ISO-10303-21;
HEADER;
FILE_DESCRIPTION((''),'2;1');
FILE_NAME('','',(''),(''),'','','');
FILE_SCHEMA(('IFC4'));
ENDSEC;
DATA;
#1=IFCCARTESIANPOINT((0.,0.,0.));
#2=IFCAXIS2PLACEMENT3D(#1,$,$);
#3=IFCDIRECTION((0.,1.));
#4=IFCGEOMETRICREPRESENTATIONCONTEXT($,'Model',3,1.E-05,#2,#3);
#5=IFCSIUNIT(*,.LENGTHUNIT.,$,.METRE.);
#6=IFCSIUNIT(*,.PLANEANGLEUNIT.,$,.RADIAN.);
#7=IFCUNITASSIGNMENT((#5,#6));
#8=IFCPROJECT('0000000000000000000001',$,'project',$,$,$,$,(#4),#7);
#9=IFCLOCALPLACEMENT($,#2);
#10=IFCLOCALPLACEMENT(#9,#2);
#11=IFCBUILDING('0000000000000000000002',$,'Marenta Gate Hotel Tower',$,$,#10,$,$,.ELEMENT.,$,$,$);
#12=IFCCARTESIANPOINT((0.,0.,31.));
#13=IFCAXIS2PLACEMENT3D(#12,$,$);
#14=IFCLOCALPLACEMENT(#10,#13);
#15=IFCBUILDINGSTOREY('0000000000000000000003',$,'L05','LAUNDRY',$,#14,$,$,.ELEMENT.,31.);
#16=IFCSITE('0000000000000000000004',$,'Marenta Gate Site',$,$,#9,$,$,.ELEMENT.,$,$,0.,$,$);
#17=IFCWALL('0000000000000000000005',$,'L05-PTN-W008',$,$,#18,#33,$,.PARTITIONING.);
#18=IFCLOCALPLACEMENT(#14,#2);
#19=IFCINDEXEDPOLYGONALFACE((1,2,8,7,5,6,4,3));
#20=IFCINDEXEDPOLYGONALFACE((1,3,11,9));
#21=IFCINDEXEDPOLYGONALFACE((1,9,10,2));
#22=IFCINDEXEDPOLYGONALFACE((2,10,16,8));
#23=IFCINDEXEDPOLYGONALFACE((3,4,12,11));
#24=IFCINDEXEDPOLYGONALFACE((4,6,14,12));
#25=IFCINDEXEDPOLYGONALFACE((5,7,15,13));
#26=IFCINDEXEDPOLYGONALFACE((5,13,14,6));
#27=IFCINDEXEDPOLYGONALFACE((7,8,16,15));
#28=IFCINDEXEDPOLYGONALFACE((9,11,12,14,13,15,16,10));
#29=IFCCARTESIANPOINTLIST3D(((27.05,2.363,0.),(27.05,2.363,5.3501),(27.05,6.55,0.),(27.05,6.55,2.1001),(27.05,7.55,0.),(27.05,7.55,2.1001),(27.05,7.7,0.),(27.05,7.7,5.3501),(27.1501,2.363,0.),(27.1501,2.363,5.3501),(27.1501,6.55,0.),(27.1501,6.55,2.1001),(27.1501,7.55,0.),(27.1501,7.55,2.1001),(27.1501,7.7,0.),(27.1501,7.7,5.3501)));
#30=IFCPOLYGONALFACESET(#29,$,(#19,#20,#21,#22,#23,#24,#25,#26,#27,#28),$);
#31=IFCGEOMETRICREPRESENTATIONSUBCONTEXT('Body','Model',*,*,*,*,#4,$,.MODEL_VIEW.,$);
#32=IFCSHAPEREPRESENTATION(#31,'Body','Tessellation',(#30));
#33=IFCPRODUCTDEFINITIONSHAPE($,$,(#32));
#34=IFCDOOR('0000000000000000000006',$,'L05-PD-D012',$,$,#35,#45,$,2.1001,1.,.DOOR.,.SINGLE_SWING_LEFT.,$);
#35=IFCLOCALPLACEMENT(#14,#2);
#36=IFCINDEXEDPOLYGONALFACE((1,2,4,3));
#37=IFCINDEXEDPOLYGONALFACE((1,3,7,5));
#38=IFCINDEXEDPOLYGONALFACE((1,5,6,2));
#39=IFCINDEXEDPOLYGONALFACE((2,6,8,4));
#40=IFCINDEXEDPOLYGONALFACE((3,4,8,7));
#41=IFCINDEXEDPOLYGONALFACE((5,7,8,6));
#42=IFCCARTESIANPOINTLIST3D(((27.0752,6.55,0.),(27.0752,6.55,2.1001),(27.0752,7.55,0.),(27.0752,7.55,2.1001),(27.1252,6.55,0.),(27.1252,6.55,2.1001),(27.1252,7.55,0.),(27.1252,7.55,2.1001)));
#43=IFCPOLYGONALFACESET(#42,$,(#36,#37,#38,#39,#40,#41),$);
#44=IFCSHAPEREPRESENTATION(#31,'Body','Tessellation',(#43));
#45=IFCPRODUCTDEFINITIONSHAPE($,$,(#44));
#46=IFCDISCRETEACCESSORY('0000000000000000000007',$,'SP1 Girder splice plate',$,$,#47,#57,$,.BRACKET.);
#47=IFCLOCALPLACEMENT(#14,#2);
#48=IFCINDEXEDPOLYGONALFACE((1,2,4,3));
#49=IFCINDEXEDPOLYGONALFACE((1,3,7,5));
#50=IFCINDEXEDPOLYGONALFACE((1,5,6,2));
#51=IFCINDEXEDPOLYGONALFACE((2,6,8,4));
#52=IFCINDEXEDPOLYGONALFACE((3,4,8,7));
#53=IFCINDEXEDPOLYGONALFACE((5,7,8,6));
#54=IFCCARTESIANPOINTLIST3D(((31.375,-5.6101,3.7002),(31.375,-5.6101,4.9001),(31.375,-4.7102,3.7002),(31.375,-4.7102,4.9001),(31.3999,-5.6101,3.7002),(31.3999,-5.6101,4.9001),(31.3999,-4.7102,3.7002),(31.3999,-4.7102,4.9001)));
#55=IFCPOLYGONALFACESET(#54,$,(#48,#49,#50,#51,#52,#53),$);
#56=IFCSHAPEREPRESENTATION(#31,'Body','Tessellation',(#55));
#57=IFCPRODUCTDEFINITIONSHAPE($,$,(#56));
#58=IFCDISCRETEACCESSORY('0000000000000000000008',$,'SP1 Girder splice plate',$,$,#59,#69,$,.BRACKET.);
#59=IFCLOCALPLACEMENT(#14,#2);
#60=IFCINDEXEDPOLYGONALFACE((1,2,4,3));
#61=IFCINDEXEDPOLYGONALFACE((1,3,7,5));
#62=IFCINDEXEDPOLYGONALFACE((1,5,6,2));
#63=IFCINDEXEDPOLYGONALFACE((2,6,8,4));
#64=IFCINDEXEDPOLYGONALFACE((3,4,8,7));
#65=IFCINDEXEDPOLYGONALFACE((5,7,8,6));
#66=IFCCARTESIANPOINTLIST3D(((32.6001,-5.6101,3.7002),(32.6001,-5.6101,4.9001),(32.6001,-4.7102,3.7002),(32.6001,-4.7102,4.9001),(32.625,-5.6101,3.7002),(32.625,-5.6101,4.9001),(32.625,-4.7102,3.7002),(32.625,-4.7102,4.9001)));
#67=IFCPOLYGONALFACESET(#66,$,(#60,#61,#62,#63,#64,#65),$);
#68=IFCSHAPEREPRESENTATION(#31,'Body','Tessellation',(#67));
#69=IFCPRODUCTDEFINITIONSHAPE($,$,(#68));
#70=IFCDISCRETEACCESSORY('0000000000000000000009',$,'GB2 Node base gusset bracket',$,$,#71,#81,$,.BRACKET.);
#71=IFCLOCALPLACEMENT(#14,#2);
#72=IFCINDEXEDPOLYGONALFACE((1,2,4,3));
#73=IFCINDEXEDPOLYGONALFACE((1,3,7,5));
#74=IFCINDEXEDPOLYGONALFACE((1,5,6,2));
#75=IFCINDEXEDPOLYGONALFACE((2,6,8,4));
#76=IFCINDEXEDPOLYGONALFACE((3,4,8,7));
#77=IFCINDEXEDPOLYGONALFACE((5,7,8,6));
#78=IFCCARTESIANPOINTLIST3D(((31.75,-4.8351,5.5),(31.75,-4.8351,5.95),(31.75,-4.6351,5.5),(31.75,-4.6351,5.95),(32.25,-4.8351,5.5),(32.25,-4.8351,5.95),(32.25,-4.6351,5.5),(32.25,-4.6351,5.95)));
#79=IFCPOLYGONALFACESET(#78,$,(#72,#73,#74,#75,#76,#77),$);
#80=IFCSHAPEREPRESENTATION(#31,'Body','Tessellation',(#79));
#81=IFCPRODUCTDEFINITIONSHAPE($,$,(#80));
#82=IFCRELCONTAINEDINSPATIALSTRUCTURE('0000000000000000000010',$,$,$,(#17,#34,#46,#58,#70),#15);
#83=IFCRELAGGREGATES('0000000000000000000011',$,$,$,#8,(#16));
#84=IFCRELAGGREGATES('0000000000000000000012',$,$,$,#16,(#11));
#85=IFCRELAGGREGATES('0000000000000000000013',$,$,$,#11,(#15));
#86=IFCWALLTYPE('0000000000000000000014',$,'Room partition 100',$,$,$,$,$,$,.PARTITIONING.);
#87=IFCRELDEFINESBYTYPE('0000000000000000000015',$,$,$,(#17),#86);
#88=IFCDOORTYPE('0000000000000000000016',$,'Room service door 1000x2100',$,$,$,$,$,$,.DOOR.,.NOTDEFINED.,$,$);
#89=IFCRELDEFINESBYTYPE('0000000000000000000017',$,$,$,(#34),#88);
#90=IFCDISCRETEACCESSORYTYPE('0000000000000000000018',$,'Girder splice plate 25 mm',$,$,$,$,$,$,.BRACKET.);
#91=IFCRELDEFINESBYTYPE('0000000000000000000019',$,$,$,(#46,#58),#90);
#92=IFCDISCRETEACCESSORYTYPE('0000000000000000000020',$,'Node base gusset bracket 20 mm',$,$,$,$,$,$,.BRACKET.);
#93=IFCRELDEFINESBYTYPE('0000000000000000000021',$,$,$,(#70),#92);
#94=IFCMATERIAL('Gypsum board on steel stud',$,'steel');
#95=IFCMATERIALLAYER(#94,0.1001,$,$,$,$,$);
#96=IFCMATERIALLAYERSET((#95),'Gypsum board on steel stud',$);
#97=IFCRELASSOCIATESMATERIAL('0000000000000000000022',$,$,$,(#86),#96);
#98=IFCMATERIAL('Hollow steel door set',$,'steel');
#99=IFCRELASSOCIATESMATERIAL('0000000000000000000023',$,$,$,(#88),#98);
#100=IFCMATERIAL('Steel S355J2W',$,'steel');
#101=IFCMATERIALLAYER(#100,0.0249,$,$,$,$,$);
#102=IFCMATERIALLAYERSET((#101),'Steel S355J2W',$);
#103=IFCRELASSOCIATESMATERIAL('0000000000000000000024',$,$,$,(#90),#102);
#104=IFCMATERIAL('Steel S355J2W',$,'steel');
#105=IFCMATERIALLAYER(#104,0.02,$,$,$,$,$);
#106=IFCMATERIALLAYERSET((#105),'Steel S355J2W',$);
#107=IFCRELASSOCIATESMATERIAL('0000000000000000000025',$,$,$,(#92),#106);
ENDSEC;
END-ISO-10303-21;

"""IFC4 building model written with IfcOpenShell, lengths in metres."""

from ifc_helpers import new_model, si_unit, direction, frame, frame_2d, origin, origin_2d, place, context, subcontext, project, spatial, rectangle, extrude, material, layer, layer_set, type_object, element, fill, save


model = new_model("IFC4")

# Units and contexts
model_context = context("Model", 3, precision=1e-05, world=origin(), true_north=direction((0.0, 1.0)))
body_context = subcontext(model_context, "Body", "Model", "MODEL_VIEW")
ifc_project = project(units=[si_unit("LENGTHUNIT", "METRE"), si_unit("PLANEANGLEUNIT", "RADIAN")], contexts=[model_context])

# Site, building, storey
site_placement = place(None, origin())
site = spatial("IfcSite", under=ifc_project, at=site_placement, Name="Marenta Gate Site", CompositionType="ELEMENT", RefElevation=0.0)
building_placement = place(site_placement, origin())
building = spatial("IfcBuilding", under=site, at=building_placement, Name="Marenta Gate Hotel Tower", CompositionType="ELEMENT")
storey_placement = place(building_placement, frame((0.0, 0.0, 31.0)))
storey = spatial("IfcBuildingStorey", under=building, at=storey_placement, Name="L05", Description="LAUNDRY", CompositionType="ELEMENT", Elevation=31.0)

# Wall, opening, door
ifc_material_1 = material(Name="Gypsum board on steel stud", Category="steel")
ifc_layer_1 = layer(ifc_material_1, 0.1001)
ifc_layer_set_1 = layer_set([ifc_layer_1], Name="Gypsum board on steel stud")
wall_type_1 = type_object("IfcWallType", Name="Room partition 100", PredefinedType="PARTITIONING", material=ifc_layer_set_1)
wall_1_placement = place(storey_placement, frame((27.1001, 2.363, 0.0), z_axis=(0.0, 0.0, 1.0), x_axis=(0.0, 1.0, 0.0)))
wall_1 = element("IfcWall", 1, at=wall_1_placement, inside=storey, type_object=wall_type_1, Name="L05-PTN-W008", PredefinedType="PARTITIONING", context=body_context, shape_type="SweptSolid", body=[
    extrude(rectangle(XDim=5.3369, YDim=0.1001, at=frame_2d((2.6685, 0.0))), origin(), (0.0, 0.0, 1.0), 5.3501),
])
opening_1_placement = place(wall_1_placement, frame((4.187, 0.0, 0.0)))
opening_1 = element("IfcOpeningElement", 2, at=opening_1_placement, cuts=wall_1, PredefinedType="OPENING", context=body_context, shape_type="SweptSolid", body=[
    extrude(rectangle(XDim=1.0, YDim=2.1001, at=frame_2d((0.5, 1.05))), frame((0.0, 0.05, 0.0), z_axis=(0.0, -1.0, 0.0), x_axis=(1.0, 0.0, 0.0)), (0.0, 0.0, 1.0), 0.1001),
])
ifc_material_2 = material(Name="Hollow steel door set", Category="steel")
door_type_1 = type_object("IfcDoorType", Name="Room service door 1000x2100", OperationType="NOTDEFINED", PredefinedType="DOOR", material=ifc_material_2)
door_1_placement = place(opening_1_placement, origin())
door_1 = element("IfcDoor", 3, at=door_1_placement, inside=storey, type_object=door_type_1, Name="L05-PD-D012", OperationType="SINGLE_SWING_LEFT", OverallHeight=2.1001, OverallWidth=1.0, PredefinedType="DOOR", context=body_context, shape_type="SweptSolid", body=[
    extrude(rectangle(XDim=1.0, YDim=2.1001, at=frame_2d((0.5, 1.05))), frame((0.0, 0.0249, 0.0), z_axis=(0.0, -1.0, 0.0), x_axis=(1.0, 0.0, 0.0)), (0.0, 0.0, 1.0), 0.05),
])
fill(opening_1, door_1)

# Discrete accessories
ifc_material_3 = material(Name="Steel S355J2W", Category="steel")
ifc_layer_2 = layer(ifc_material_3, 0.0249)
ifc_layer_set_2 = layer_set([ifc_layer_2], Name="Steel S355J2W")
discrete_accessory_type_1 = type_object("IfcDiscreteAccessoryType", Name="Girder splice plate 25 mm", PredefinedType="BRACKET", material=ifc_layer_set_2)
for number, where, z_axis, x_axis, name in (
    (4, (31.3875, -5.1602, 3.7002), (0.0, 0.0, 1.0), (0.0, -1.0, 0.0), "SP1 Girder splice plate"),
    (5, (32.6125, -5.1602, 3.7002), (0.0, 0.0, 1.0), (0.0, -1.0, 0.0), "SP1 Girder splice plate"),
):
    element("IfcDiscreteAccessory", number, at=place(storey_placement, frame(where, z_axis=z_axis, x_axis=x_axis)), inside=storey, type_object=discrete_accessory_type_1, Name=name, PredefinedType="BRACKET", context=body_context, shape_type="SweptSolid", body=[
        extrude(rectangle(XDim=0.8999, YDim=0.0249, at=origin_2d()), origin(), (0.0, 0.0, 1.0), 1.2),
    ])
ifc_material_4 = material(Name="Steel S355J2W", Category="steel")
ifc_layer_3 = layer(ifc_material_4, 0.02)
ifc_layer_set_3 = layer_set([ifc_layer_3], Name="Steel S355J2W")
discrete_accessory_type_2 = type_object("IfcDiscreteAccessoryType", Name="Node base gusset bracket 20 mm", PredefinedType="BRACKET", material=ifc_layer_set_3)
discrete_accessory_placement = place(storey_placement, frame((32.0, -4.7351, 5.5), z_axis=(0.0, 0.0, 1.0), x_axis=(0.0, -1.0, 0.0)))
element("IfcDiscreteAccessory", 6, at=discrete_accessory_placement, inside=storey, type_object=discrete_accessory_type_2, Name="GB2 Node base gusset bracket", PredefinedType="BRACKET", context=body_context, shape_type="SweptSolid", body=[
    extrude(rectangle(XDim=0.2, YDim=0.5, at=origin_2d()), origin(), (0.0, 0.0, 1.0), 0.45),
])

save(model, "model.ifc")
